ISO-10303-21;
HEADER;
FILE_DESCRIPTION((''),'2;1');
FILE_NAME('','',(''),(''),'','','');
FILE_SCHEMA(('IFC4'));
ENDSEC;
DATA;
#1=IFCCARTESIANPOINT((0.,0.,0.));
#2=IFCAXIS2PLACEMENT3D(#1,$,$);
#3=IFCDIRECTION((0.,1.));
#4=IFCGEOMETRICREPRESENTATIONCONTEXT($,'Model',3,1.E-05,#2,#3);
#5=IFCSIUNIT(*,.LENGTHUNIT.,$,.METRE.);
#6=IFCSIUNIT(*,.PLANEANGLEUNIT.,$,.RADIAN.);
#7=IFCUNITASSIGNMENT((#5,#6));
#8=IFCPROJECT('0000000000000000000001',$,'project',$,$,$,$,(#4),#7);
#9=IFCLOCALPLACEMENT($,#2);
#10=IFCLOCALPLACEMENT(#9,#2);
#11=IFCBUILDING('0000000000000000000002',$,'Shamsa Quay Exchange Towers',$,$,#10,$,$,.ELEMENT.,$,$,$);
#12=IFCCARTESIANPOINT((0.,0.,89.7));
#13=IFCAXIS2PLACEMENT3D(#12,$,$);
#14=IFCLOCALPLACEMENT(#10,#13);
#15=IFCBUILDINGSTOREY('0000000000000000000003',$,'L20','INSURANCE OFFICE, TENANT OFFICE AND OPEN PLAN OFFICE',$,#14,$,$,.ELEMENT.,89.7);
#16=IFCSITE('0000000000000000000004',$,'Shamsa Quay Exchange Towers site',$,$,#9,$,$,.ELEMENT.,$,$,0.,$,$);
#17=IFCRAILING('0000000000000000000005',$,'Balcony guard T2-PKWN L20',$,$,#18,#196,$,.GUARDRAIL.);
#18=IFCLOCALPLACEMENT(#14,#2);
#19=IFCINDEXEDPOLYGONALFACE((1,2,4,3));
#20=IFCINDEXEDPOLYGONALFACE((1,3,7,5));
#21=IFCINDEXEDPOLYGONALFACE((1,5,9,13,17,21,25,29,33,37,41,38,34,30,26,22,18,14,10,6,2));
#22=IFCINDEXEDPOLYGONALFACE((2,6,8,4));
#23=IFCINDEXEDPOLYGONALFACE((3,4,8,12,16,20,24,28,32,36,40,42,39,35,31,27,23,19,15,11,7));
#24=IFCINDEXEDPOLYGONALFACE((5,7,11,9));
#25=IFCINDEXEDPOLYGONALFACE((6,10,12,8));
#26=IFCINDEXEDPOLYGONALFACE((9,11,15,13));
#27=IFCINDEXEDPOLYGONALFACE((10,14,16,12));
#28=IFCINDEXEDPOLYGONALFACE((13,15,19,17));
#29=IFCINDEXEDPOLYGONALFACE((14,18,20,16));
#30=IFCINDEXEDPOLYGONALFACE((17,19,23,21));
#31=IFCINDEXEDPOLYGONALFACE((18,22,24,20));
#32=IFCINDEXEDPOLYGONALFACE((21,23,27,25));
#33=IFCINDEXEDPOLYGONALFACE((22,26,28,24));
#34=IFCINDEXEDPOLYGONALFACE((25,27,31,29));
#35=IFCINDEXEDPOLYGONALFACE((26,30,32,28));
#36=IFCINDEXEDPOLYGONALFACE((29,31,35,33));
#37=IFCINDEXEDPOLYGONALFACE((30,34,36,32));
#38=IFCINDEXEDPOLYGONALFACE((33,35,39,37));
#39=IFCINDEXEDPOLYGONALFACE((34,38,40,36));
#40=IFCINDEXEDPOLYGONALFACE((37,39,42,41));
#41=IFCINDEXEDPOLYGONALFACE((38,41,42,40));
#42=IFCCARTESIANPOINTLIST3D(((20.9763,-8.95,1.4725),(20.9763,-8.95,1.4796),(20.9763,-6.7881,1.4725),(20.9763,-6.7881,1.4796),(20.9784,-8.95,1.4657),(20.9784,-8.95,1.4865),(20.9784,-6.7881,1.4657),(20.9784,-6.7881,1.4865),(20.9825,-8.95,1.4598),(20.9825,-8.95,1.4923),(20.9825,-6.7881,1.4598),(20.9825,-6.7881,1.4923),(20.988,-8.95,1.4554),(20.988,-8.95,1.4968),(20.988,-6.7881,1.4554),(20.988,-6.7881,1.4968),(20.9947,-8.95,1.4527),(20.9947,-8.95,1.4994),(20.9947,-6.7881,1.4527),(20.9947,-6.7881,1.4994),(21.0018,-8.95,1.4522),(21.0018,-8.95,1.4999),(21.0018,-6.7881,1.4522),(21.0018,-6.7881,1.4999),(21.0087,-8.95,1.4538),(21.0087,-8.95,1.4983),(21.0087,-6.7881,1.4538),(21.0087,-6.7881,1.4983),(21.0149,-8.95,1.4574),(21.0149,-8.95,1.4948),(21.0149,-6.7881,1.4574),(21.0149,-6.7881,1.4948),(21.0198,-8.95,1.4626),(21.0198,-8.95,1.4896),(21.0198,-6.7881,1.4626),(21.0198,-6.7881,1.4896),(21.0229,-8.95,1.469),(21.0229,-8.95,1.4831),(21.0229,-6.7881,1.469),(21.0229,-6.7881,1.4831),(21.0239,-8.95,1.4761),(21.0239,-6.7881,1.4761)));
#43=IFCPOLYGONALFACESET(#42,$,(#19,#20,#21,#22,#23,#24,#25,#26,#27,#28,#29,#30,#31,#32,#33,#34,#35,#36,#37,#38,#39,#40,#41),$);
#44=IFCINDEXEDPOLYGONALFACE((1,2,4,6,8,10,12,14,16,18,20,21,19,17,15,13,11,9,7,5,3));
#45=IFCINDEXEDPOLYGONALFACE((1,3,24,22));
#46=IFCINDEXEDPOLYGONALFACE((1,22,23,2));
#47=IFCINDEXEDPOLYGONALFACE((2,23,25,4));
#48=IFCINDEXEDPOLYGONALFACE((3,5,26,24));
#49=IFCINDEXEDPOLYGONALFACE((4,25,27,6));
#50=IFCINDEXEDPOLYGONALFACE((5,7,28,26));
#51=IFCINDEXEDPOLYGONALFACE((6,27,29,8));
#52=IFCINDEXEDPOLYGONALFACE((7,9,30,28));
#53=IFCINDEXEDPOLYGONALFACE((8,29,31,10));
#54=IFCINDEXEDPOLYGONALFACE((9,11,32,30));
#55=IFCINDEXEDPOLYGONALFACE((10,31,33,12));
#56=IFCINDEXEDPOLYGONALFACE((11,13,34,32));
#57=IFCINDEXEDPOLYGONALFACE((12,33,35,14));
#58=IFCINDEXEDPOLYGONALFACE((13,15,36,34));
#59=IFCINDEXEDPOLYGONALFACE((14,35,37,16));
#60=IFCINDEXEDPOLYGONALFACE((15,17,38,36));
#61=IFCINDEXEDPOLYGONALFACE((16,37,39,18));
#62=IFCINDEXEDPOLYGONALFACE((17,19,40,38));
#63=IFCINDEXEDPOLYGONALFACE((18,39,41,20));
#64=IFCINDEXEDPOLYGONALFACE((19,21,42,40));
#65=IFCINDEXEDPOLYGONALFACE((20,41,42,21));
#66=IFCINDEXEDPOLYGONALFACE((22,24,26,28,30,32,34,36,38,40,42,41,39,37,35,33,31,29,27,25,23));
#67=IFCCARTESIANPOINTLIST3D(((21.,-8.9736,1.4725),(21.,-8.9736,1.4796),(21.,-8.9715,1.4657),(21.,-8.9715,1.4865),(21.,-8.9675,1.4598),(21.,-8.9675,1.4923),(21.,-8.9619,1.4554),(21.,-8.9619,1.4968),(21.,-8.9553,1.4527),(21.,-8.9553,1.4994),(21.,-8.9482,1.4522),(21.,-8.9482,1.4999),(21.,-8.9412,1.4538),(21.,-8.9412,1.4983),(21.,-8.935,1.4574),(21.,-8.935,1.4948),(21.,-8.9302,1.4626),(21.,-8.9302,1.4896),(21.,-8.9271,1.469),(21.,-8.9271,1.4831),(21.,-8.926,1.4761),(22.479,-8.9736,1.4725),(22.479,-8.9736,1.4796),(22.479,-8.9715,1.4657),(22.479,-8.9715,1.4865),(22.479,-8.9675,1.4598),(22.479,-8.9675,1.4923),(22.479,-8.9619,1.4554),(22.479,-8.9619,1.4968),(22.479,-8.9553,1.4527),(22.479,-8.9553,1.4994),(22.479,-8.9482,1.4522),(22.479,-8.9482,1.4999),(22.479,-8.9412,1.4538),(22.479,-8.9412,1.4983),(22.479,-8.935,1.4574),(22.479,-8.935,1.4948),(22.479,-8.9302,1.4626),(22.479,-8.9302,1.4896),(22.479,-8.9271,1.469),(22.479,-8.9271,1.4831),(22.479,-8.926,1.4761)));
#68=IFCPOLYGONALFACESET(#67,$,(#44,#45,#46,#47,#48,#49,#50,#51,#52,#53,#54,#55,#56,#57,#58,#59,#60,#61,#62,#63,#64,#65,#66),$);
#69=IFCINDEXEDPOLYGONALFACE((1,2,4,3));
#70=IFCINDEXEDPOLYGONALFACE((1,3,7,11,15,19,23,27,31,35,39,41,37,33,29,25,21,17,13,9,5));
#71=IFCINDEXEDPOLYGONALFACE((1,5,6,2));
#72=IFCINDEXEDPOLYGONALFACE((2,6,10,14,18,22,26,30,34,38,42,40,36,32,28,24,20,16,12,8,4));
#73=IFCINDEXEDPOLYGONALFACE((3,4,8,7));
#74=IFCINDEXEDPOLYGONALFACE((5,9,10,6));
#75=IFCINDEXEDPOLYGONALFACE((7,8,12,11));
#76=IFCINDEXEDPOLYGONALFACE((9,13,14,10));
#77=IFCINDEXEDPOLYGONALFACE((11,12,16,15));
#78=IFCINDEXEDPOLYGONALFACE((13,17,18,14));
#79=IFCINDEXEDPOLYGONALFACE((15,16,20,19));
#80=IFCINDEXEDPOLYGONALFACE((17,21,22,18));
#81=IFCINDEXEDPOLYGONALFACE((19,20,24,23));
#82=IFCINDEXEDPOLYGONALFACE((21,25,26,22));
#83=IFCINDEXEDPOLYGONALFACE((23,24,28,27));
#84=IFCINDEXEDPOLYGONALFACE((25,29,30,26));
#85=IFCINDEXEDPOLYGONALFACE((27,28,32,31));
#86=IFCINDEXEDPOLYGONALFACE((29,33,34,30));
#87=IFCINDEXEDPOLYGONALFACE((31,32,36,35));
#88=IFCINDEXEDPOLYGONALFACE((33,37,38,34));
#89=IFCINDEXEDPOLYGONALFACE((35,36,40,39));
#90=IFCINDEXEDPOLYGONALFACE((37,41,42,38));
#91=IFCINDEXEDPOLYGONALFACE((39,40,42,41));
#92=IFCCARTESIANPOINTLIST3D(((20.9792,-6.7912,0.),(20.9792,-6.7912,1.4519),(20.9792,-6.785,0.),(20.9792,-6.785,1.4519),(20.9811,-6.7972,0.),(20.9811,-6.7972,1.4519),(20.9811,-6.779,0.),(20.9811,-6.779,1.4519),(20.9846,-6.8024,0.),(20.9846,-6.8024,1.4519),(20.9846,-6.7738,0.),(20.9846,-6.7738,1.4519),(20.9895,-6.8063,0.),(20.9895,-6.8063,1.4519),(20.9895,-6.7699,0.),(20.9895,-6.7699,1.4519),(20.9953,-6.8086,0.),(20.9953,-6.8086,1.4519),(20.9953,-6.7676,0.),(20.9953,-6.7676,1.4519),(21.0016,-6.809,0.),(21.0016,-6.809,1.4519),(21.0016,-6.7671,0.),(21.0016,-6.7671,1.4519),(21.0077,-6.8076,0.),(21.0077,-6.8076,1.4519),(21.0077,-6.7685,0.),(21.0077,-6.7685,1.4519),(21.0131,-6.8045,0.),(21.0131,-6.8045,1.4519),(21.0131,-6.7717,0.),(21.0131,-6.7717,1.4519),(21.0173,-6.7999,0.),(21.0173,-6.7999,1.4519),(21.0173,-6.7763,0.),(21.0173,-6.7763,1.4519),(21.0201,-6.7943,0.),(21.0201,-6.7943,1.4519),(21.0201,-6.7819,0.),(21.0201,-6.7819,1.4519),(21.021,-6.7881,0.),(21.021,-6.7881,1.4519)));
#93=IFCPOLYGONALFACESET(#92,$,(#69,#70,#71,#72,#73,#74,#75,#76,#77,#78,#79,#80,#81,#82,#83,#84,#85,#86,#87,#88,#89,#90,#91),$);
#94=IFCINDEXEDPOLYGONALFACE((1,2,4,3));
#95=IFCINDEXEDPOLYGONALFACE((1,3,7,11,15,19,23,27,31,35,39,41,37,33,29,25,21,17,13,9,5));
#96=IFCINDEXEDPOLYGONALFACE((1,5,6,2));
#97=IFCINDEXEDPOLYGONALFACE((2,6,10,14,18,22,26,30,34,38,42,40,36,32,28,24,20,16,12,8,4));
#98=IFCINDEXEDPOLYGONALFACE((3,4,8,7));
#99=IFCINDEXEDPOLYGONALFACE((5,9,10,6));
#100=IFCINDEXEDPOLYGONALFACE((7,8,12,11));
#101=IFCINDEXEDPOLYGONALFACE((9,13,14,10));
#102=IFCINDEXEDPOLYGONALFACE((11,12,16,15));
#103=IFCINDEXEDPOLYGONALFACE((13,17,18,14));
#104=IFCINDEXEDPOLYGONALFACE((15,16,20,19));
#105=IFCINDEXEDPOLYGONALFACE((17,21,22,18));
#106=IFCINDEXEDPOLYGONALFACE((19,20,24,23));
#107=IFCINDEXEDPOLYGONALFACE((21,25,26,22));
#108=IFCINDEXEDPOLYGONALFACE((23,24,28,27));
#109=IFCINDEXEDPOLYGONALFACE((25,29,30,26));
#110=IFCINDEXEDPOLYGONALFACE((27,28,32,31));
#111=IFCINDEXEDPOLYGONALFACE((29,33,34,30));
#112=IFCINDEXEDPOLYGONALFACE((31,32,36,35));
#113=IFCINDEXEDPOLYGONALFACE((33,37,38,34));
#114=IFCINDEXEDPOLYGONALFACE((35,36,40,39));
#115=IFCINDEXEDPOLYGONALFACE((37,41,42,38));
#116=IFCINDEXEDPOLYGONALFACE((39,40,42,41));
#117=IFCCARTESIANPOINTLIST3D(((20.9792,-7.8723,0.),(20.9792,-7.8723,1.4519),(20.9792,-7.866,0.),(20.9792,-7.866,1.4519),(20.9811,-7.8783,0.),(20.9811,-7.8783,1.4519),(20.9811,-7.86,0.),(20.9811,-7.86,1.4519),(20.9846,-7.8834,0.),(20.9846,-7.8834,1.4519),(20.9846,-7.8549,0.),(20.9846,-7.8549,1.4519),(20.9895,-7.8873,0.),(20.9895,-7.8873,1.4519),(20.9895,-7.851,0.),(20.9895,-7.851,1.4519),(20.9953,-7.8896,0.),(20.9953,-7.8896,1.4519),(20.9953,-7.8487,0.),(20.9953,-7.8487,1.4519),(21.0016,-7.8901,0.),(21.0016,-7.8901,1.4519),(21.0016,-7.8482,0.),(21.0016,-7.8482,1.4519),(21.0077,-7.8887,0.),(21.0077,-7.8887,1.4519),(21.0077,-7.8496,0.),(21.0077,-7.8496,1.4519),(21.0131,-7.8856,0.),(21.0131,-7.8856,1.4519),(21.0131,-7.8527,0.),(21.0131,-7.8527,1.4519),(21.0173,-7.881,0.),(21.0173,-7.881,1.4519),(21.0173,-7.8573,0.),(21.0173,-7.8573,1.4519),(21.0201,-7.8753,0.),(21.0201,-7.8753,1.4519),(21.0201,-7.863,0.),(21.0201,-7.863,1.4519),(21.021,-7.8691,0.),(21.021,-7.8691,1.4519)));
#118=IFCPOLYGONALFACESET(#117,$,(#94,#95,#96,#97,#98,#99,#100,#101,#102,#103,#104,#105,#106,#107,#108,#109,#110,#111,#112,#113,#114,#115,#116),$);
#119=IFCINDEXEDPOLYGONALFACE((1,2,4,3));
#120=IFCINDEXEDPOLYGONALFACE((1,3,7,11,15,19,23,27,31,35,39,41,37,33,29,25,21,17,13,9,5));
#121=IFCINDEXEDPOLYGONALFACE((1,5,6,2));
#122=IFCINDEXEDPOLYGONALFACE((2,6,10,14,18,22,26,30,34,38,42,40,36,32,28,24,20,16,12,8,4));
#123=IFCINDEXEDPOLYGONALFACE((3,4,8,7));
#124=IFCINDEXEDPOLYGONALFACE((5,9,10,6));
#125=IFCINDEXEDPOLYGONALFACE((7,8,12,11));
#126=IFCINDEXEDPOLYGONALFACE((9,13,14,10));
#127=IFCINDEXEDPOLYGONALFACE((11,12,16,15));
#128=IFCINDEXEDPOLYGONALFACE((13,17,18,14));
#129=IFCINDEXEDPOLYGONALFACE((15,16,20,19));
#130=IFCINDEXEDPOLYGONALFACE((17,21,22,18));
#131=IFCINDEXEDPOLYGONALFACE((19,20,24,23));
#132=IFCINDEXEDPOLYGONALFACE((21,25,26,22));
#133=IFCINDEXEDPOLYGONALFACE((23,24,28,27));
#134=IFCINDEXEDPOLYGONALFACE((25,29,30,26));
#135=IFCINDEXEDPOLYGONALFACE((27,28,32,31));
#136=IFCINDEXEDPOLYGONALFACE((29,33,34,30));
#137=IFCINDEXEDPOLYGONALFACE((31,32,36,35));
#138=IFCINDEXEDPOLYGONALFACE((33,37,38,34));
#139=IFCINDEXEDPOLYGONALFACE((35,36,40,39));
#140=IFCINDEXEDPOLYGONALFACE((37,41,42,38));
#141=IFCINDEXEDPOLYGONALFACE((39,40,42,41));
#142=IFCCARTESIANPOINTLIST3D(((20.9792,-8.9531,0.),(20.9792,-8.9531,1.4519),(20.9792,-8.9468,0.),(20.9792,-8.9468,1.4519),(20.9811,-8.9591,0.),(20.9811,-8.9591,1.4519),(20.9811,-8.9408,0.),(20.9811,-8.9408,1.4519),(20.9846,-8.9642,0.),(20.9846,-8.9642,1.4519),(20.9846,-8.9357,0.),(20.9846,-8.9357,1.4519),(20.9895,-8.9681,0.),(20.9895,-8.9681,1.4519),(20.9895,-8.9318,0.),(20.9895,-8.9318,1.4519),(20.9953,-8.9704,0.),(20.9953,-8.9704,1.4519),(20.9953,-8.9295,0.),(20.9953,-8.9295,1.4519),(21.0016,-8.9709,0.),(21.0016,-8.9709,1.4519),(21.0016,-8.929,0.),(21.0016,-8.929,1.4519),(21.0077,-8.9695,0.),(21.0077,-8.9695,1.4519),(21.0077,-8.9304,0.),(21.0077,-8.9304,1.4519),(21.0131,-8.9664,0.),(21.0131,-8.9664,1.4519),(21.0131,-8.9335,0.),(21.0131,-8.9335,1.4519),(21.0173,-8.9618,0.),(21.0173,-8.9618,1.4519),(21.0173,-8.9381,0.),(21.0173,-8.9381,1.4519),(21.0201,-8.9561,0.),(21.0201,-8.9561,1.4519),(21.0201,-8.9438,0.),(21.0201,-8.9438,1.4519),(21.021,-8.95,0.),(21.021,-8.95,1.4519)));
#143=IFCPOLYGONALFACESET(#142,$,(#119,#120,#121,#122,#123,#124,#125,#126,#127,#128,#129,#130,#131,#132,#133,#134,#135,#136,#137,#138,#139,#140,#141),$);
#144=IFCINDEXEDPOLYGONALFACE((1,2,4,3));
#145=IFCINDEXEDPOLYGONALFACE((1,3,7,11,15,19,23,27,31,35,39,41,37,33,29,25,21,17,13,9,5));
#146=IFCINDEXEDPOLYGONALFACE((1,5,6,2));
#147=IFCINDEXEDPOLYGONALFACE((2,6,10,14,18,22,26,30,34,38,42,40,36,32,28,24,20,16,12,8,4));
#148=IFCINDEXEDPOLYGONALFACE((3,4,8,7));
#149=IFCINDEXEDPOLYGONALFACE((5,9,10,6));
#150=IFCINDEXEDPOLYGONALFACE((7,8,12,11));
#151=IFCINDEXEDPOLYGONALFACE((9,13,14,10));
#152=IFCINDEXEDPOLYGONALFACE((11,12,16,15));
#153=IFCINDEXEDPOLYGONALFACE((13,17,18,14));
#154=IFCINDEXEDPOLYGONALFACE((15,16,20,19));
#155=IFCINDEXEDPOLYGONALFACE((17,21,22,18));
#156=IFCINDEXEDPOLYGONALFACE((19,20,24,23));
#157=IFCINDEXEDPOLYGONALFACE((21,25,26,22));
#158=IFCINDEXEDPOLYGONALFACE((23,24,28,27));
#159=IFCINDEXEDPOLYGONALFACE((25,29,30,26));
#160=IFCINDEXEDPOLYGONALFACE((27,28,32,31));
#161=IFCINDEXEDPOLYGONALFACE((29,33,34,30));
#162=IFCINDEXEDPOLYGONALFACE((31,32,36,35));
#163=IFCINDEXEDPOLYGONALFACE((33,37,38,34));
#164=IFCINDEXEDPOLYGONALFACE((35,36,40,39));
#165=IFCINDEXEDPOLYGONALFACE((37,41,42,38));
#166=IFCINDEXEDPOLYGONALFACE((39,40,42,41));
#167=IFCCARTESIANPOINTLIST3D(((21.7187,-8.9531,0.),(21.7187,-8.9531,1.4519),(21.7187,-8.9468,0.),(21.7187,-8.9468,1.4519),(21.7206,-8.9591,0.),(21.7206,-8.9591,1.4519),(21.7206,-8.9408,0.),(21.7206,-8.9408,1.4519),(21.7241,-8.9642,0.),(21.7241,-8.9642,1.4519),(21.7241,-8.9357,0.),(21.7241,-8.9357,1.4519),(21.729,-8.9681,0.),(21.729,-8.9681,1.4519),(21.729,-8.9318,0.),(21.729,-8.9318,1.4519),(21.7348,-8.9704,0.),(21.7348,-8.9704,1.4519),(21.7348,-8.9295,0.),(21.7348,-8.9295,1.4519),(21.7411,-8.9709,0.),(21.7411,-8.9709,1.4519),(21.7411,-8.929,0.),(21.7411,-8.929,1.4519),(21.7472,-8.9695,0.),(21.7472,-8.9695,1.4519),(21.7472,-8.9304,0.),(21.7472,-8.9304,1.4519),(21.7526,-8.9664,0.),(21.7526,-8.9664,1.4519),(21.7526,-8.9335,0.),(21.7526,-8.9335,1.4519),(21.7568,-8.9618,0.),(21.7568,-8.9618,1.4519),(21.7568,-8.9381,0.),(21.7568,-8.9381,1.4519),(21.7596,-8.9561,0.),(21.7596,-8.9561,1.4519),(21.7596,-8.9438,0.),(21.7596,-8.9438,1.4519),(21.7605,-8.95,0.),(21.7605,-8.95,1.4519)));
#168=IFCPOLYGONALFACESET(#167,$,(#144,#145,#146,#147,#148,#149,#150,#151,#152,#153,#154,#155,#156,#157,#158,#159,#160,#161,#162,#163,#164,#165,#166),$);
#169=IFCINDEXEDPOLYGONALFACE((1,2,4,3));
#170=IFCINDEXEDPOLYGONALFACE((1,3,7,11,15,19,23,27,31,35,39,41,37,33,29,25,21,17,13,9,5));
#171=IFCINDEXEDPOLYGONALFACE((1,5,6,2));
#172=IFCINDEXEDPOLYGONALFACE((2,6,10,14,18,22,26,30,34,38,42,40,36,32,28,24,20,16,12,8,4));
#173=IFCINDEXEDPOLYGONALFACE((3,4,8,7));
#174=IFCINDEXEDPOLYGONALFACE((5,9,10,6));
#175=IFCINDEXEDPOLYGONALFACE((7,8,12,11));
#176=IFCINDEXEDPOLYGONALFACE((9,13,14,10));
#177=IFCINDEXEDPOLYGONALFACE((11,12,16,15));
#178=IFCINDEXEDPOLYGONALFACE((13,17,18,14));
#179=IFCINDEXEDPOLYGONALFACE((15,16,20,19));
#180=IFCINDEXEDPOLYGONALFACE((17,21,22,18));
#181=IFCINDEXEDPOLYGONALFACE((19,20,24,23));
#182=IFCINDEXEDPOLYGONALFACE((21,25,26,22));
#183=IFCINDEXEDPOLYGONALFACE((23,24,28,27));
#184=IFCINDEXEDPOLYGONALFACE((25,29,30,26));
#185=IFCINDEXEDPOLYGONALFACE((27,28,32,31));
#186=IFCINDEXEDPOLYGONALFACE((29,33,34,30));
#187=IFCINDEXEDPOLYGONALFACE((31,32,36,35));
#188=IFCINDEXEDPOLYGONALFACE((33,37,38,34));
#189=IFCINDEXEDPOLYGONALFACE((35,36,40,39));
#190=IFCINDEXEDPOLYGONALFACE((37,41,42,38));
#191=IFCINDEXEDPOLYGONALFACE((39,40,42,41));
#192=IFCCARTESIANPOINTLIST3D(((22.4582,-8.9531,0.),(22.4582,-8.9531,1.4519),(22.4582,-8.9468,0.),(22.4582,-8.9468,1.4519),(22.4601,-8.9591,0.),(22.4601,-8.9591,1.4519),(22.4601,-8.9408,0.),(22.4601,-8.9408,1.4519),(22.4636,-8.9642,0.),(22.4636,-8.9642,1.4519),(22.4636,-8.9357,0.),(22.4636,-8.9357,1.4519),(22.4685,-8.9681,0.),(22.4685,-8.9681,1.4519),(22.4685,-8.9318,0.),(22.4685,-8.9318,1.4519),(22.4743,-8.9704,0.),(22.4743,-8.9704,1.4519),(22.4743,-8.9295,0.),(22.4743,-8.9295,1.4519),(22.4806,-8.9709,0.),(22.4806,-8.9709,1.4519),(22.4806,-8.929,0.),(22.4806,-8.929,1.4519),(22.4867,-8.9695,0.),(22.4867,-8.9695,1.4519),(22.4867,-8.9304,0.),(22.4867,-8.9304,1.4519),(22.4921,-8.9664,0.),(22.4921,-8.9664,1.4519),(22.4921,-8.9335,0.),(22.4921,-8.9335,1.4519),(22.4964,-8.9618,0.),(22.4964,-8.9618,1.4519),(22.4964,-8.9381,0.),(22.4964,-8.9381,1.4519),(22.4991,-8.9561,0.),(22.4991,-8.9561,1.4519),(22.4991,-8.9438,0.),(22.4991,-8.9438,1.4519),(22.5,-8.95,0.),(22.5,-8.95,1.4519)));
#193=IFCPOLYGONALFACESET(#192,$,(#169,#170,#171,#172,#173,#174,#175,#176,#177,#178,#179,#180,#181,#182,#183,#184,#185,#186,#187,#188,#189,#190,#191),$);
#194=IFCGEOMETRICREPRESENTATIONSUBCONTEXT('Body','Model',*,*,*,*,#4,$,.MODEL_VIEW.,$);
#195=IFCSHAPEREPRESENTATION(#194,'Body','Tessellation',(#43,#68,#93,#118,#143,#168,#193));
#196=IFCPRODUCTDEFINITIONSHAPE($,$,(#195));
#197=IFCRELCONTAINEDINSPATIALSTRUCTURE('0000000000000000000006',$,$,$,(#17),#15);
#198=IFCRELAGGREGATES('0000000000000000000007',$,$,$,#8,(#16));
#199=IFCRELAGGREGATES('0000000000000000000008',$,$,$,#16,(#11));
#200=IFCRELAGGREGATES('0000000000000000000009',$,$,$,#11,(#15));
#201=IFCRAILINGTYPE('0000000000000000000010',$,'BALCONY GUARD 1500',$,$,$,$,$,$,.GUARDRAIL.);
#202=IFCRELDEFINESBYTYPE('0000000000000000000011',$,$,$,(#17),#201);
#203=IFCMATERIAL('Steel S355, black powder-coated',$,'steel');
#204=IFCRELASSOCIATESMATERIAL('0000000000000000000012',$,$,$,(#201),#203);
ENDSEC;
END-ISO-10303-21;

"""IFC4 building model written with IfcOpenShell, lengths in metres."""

from ifc_helpers import new_model, si_unit, direction, frame, origin, origin_2d, place, context, subcontext, project, spatial, circle, extrude, material, type_object, element, save


model = new_model("IFC4")

# Units and contexts
model_context = context("Model", 3, precision=1e-05, world=origin(), true_north=direction((0.0, 1.0)))
body_context = subcontext(model_context, "Body", "Model", "MODEL_VIEW")
ifc_project = project(units=[si_unit("LENGTHUNIT", "METRE"), si_unit("PLANEANGLEUNIT", "RADIAN")], contexts=[model_context])

# Site, building, storey
site_placement = place(None, origin())
site = spatial("IfcSite", under=ifc_project, at=site_placement, Name="Shamsa Quay Exchange Towers site", CompositionType="ELEMENT", RefElevation=0.0)
building_placement = place(site_placement, origin())
building = spatial("IfcBuilding", under=site, at=building_placement, Name="Shamsa Quay Exchange Towers", CompositionType="ELEMENT")
storey_placement = place(building_placement, frame((0.0, 0.0, 89.7)))
storey = spatial("IfcBuildingStorey", under=building, at=storey_placement, Name="L20", Description="INSURANCE OFFICE, TENANT OFFICE AND OPEN PLAN OFFICE", CompositionType="ELEMENT", Elevation=89.7)

# Railing
ifc_material_1 = material(Name="Steel S355, black powder-coated", Category="steel")
railing_type_1 = type_object("IfcRailingType", Name="BALCONY GUARD 1500", PredefinedType="GUARDRAIL", material=ifc_material_1)
for number, where, name in (
    (1, (21.0, -6.7881, 0.0), "Balcony guard T2-PKWN L20"),
):
    element("IfcRailing", number, at=place(storey_placement, frame(where)), inside=storey, type_object=railing_type_1, Name=name, PredefinedType="GUARDRAIL", context=body_context, shape_type="SweptSolid", body=[
        extrude(circle(Radius=0.0239, at=origin_2d()), frame((0.0, 0.0, 1.4761), z_axis=(0.0, -1.0, 0.0), x_axis=(1.0, 0.0, 0.0)), (0.0, 0.0, 1.0), 2.1619),
        extrude(circle(Radius=0.0239, at=origin_2d()), frame((0.0, -2.1619, 1.4761), z_axis=(1.0, 0.0, 0.0), x_axis=(0.0, 1.0, 0.0)), (0.0, 0.0, 1.0), 1.479),
        extrude(circle(Radius=0.021, at=origin_2d()), origin(), (0.0, 0.0, 1.0), 1.4519),
        extrude(circle(Radius=0.021, at=origin_2d()), frame((0.0, -1.0811, 0.0)), (0.0, 0.0, 1.0), 1.4519),
        extrude(circle(Radius=0.021, at=origin_2d()), frame((0.0, -2.1619, 0.0)), (0.0, 0.0, 1.0), 1.4519),
        extrude(circle(Radius=0.021, at=origin_2d()), frame((0.7395, -2.1619, 0.0)), (0.0, 0.0, 1.0), 1.4519),
        extrude(circle(Radius=0.021, at=origin_2d()), frame((1.479, -2.1619, 0.0)), (0.0, 0.0, 1.0), 1.4519),
    ])

save(model, "model.ifc")
